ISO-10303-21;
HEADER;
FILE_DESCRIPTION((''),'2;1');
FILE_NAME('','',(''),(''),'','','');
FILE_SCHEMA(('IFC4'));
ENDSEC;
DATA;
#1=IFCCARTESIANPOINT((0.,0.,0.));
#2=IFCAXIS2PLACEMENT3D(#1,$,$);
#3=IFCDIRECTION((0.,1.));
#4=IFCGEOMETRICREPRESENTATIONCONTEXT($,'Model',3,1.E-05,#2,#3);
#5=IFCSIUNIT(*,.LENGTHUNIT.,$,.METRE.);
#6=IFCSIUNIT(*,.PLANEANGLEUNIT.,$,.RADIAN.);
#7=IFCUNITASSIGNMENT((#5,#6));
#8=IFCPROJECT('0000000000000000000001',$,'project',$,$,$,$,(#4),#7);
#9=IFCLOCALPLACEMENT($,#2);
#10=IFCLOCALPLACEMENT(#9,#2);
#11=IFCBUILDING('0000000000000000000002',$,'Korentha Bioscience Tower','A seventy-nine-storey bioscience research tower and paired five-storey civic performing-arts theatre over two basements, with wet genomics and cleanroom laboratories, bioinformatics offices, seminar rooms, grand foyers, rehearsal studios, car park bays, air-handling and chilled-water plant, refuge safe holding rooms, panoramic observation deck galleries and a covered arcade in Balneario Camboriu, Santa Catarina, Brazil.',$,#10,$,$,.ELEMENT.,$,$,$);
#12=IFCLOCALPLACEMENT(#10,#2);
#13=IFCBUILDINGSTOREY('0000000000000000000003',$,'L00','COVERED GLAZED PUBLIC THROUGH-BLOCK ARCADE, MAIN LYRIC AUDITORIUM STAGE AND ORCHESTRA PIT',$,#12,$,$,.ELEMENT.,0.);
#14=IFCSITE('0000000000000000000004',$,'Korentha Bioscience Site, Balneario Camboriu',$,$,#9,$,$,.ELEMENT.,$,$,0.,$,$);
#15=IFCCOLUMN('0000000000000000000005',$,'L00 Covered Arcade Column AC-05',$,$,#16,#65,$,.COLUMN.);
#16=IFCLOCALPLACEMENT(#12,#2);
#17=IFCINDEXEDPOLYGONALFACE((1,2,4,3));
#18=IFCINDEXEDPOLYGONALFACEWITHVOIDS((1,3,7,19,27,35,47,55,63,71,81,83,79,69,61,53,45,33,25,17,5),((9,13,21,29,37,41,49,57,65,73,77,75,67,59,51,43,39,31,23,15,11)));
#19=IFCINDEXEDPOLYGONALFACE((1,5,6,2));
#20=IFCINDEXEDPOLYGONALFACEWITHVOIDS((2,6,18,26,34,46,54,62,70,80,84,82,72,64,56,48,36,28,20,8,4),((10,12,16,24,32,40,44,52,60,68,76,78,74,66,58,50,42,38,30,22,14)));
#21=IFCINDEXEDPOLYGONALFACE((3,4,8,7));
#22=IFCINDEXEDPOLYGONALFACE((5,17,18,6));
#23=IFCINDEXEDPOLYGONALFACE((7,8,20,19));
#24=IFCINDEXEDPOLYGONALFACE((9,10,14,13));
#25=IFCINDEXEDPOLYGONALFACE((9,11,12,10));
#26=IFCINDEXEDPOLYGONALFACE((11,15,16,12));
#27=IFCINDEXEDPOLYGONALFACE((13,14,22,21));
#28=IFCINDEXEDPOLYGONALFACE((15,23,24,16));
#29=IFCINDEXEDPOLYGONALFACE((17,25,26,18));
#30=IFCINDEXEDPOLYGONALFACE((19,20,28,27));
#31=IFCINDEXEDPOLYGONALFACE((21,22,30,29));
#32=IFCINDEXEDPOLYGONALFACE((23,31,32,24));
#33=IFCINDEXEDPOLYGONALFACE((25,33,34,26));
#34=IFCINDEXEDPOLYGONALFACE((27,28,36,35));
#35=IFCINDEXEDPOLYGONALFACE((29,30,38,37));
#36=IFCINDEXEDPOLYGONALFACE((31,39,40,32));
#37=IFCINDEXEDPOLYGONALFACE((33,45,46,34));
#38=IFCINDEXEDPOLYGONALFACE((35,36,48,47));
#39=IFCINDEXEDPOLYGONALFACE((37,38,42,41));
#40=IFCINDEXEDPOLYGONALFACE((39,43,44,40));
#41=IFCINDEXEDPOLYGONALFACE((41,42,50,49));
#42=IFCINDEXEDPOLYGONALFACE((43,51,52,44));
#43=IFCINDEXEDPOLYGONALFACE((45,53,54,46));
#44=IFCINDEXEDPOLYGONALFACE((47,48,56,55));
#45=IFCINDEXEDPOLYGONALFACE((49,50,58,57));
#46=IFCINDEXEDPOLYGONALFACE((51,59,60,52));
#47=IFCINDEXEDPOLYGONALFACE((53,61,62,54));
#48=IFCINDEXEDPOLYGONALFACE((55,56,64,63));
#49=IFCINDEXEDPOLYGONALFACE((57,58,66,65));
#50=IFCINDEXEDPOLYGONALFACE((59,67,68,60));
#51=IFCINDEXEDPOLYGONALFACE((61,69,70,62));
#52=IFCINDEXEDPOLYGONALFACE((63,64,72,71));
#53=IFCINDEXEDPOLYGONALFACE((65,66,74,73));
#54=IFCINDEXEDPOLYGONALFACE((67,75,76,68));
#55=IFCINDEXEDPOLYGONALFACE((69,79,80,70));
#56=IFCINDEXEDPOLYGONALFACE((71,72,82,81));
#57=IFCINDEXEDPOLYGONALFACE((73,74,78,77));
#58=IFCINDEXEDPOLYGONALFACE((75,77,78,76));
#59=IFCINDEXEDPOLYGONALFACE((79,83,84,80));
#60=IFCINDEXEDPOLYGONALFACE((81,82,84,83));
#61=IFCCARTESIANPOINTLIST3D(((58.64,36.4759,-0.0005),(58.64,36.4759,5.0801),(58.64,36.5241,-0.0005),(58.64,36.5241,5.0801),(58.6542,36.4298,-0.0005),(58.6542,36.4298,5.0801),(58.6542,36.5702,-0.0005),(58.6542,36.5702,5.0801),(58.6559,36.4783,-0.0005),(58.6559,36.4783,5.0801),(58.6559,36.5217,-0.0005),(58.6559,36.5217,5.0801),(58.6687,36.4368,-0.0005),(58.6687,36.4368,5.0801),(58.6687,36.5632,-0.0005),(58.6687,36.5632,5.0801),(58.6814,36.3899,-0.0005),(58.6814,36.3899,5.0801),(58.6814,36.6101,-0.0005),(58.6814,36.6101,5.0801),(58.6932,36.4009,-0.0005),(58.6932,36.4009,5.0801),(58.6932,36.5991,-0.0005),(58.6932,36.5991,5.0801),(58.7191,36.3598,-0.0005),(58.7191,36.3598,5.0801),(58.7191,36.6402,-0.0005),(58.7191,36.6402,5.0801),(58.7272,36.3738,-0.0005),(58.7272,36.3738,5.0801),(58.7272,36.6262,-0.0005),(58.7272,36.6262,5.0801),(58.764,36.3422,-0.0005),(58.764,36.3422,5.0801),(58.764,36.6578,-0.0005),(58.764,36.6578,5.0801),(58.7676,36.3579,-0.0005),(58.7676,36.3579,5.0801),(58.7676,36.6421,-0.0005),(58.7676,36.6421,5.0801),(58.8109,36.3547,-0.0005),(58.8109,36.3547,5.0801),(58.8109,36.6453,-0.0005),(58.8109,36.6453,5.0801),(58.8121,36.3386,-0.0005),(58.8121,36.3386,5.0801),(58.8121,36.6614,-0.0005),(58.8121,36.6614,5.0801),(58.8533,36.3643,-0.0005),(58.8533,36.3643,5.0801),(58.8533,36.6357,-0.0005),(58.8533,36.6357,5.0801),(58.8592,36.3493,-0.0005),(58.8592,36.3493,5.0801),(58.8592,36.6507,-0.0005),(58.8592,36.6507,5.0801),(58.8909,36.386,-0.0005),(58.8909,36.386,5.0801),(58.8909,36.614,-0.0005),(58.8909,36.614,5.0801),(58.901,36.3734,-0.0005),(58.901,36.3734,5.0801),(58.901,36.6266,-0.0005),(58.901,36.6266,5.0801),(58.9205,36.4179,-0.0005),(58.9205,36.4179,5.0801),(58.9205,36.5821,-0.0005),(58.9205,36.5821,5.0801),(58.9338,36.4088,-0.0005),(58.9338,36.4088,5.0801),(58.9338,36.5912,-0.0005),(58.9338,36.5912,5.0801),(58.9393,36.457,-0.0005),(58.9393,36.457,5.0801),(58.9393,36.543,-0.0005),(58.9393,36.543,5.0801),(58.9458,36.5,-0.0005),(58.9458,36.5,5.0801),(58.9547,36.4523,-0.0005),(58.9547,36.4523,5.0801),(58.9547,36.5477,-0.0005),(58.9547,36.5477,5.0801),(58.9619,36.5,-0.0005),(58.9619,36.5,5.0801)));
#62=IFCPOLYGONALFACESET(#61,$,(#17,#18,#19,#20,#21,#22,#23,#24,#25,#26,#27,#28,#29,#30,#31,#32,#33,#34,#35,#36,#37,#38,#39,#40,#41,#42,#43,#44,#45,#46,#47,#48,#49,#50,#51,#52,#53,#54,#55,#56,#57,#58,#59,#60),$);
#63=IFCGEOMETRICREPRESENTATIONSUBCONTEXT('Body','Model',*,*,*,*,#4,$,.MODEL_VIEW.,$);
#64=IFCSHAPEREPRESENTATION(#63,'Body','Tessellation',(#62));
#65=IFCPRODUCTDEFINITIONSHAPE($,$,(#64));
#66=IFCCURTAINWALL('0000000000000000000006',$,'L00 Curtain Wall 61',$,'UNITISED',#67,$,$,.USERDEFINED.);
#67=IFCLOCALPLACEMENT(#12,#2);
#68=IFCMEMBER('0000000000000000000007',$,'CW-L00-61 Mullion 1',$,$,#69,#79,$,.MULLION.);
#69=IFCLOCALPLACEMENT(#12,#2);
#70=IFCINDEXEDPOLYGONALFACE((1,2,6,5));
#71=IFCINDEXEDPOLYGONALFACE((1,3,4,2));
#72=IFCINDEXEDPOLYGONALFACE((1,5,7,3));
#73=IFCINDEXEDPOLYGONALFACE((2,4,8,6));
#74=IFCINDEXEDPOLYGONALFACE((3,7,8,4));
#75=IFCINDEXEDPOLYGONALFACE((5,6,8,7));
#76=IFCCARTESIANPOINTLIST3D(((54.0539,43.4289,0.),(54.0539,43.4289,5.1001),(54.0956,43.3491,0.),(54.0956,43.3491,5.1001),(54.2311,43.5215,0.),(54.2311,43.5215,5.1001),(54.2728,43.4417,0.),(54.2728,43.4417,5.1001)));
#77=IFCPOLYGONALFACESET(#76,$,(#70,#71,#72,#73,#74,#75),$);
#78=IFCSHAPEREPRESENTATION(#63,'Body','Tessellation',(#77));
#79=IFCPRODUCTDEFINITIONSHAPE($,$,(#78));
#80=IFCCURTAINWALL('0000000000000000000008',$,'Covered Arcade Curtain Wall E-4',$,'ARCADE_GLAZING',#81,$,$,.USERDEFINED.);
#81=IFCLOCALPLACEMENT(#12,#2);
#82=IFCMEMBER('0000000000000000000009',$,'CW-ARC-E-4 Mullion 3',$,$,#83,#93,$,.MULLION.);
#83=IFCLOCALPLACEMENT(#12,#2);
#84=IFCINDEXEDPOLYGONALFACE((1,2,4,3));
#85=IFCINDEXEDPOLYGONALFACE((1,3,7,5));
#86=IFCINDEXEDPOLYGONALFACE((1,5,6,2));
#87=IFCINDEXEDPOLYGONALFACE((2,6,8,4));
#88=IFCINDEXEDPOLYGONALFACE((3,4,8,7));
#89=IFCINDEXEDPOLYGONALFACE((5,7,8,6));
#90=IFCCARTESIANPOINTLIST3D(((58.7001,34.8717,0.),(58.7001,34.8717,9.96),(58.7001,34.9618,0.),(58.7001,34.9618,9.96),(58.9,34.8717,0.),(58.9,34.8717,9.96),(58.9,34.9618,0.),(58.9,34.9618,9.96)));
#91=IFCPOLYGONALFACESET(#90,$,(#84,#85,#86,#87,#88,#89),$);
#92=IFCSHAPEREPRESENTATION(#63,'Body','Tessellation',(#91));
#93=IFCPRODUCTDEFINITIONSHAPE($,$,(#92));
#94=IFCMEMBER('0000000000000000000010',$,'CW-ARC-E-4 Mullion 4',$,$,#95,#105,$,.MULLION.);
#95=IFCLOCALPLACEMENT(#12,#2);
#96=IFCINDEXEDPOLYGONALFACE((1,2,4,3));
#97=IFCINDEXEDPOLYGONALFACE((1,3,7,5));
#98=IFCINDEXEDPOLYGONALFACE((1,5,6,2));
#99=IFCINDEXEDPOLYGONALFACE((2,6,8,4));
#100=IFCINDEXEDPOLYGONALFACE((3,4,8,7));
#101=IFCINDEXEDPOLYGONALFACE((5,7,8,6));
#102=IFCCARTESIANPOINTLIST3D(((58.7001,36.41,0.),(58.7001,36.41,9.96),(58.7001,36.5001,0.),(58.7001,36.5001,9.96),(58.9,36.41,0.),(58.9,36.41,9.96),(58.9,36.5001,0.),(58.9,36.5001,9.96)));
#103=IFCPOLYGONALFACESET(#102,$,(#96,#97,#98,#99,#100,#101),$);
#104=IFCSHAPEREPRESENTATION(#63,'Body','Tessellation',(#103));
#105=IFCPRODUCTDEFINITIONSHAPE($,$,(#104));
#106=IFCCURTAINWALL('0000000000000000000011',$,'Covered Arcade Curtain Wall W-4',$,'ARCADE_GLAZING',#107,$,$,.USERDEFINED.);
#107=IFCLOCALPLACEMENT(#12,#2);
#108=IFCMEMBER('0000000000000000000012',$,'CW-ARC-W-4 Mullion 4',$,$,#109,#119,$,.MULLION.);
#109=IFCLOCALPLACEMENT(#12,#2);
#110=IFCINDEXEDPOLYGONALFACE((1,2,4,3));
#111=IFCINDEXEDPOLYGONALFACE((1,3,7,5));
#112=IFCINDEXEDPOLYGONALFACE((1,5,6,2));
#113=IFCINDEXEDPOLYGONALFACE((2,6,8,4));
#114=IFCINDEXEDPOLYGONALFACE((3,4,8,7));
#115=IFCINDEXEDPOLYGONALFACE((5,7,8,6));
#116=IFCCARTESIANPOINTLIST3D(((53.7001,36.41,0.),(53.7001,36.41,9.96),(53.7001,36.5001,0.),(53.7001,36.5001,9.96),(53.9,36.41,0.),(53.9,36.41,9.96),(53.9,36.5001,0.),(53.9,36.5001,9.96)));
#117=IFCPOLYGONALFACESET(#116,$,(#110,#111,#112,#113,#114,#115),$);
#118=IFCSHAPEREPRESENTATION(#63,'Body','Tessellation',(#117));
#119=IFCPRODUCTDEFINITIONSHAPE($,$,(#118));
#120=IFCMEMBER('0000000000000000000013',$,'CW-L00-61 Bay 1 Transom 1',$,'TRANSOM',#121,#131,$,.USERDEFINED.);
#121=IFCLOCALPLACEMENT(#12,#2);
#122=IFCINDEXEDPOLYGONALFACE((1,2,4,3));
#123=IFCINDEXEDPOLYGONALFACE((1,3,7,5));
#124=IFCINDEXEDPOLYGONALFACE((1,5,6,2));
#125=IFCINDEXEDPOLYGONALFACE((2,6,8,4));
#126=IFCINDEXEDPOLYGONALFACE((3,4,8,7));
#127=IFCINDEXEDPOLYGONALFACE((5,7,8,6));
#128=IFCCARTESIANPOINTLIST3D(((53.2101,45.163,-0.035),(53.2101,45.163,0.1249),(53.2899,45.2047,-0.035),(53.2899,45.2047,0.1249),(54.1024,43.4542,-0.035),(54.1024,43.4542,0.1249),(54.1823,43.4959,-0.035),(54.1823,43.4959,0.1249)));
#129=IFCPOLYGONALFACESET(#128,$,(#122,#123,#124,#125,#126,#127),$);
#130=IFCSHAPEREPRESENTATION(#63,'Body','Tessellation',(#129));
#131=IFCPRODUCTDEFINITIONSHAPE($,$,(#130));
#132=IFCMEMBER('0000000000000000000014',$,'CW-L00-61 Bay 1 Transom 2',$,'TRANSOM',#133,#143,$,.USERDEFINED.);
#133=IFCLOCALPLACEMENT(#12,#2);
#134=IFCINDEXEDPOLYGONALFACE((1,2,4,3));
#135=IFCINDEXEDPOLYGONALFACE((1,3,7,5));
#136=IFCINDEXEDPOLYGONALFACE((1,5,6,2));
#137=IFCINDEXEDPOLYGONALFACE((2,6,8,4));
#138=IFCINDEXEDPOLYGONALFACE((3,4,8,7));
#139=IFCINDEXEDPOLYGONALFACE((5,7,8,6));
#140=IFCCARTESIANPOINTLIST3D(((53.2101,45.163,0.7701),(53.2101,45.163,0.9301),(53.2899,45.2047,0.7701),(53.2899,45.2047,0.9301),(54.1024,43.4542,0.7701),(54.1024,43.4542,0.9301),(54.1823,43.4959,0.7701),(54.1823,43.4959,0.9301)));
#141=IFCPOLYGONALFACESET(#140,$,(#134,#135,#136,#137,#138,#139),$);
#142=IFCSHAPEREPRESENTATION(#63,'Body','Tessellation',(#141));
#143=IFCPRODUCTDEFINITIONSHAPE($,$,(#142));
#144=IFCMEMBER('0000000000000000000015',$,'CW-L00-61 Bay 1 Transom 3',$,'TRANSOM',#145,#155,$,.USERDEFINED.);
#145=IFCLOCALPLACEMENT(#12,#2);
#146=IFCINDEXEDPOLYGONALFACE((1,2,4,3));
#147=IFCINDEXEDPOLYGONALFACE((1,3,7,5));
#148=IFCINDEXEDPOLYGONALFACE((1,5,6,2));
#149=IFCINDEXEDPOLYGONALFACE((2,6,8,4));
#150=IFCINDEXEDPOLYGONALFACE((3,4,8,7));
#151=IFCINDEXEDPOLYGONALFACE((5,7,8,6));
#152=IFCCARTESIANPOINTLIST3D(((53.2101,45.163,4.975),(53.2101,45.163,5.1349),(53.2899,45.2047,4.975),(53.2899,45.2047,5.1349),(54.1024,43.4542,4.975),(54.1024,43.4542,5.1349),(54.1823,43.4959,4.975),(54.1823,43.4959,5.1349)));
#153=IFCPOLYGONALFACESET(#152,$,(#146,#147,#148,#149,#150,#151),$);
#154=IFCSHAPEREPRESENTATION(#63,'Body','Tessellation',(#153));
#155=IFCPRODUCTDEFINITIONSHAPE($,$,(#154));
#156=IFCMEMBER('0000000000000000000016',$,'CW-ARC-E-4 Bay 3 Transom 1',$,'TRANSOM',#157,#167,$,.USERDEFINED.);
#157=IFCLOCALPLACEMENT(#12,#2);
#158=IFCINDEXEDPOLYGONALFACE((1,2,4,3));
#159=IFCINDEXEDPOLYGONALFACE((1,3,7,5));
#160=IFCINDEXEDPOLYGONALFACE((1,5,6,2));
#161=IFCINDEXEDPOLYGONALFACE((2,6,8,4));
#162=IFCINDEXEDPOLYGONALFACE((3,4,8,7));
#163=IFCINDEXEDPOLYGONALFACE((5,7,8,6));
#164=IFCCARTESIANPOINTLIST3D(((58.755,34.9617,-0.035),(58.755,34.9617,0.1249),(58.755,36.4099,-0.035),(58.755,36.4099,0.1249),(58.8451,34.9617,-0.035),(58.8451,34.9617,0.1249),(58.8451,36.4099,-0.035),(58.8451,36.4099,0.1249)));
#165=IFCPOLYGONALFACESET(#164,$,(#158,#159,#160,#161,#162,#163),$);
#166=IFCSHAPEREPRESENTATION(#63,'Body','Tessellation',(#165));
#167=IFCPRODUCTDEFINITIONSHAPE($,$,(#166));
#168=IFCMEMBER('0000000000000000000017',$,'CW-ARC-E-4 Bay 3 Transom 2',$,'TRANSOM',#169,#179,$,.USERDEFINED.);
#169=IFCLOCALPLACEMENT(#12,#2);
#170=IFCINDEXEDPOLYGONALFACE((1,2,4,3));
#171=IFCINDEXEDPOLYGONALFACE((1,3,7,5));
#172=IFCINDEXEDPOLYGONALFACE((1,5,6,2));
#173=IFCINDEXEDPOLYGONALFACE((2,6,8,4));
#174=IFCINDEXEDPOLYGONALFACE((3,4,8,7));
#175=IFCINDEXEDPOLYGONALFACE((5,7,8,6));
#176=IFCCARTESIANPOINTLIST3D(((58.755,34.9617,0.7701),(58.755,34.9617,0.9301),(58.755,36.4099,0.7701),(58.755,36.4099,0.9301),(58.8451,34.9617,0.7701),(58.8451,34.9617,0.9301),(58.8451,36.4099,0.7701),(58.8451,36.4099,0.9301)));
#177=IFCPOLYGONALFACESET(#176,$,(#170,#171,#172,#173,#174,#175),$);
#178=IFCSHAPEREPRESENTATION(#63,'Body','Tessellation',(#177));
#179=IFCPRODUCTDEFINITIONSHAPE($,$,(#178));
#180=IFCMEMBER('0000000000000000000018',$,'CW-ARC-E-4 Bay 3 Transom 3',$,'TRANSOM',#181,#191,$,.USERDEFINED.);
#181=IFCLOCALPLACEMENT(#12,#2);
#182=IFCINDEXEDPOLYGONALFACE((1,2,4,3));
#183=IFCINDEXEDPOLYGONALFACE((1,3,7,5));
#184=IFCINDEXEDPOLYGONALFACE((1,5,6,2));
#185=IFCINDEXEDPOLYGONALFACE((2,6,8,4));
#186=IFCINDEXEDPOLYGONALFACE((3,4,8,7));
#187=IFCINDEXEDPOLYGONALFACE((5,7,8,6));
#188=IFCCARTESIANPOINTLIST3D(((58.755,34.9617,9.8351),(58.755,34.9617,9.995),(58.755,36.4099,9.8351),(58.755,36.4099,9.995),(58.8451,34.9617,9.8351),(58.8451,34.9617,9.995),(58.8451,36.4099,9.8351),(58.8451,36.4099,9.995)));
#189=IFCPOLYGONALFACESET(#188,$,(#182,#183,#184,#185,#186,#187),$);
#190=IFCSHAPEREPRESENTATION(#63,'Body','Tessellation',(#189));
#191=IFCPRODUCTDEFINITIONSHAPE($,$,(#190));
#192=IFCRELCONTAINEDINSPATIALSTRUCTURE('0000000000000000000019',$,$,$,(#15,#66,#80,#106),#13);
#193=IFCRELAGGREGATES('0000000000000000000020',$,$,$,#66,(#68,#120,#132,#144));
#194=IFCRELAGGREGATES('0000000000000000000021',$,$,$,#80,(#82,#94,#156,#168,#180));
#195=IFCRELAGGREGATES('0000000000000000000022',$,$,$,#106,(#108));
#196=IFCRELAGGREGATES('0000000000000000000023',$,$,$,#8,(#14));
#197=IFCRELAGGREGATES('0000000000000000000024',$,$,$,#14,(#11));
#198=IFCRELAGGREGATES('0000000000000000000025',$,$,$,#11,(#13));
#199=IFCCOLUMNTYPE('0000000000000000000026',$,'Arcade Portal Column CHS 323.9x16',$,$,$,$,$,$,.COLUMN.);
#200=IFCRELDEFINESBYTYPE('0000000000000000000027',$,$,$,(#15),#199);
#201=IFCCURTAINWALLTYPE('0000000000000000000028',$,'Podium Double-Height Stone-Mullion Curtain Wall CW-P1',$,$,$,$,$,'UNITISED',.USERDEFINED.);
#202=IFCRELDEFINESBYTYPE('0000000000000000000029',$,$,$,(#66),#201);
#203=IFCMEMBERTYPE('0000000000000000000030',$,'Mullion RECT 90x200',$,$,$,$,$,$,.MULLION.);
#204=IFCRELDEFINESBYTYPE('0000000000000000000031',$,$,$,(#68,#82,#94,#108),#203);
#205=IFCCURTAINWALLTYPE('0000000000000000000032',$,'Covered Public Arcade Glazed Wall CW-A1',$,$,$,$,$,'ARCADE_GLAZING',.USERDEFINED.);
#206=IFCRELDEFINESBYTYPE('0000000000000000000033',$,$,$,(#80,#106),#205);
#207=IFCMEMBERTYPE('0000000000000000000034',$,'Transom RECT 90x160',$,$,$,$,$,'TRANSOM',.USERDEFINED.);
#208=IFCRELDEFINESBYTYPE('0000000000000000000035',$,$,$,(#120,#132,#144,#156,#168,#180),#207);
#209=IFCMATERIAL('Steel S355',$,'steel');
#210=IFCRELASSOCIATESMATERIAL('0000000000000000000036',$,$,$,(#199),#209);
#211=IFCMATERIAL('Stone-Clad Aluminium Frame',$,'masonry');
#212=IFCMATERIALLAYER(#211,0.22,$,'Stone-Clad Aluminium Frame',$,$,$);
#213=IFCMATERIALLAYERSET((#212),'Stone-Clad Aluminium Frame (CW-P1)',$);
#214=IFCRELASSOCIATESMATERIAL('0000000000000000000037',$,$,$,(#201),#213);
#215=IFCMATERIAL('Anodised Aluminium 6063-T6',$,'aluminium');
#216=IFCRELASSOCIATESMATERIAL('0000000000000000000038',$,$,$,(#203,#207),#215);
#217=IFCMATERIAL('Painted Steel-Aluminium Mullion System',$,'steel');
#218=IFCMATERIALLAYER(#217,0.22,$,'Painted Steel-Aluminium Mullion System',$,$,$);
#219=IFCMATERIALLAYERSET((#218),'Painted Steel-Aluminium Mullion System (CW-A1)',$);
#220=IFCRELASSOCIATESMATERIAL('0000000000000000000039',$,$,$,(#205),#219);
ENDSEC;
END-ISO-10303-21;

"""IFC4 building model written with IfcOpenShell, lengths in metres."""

from ifc_helpers import new_model, si_unit, direction, frame, origin, origin_2d, place, context, subcontext, project, spatial, rectangle, hollow_circle, extrude, material, layer, layer_set, material_profile, profile_set, type_object, element, aggregate, save


model = new_model("IFC4")

# Units and contexts
model_context = context("Model", 3, precision=1e-05, world=origin(), true_north=direction((0.0, 1.0)))
body_context = subcontext(model_context, "Body", "Model", "MODEL_VIEW")
ifc_project = project(units=[si_unit("LENGTHUNIT", "METRE"), si_unit("PLANEANGLEUNIT", "RADIAN")], contexts=[model_context])

# Site, building, storey
site_placement = place(None, origin())
site = spatial("IfcSite", under=ifc_project, at=site_placement, Name="Korentha Bioscience Site, Balneario Camboriu", CompositionType="ELEMENT", RefElevation=0.0)
building_placement = place(site_placement, origin())
building = spatial("IfcBuilding", under=site, at=building_placement, Name="Korentha Bioscience Tower", Description="A seventy-nine-storey bioscience research tower and paired five-storey civic performing-arts theatre over two basements, with wet genomics and cleanroom laboratories, bioinformatics offices, seminar rooms, grand foyers, rehearsal studios, car park bays, air-handling and chilled-water plant, refuge safe holding rooms, panoramic observation deck galleries and a covered arcade in Balneario Camboriu, Santa Catarina, Brazil.", CompositionType="ELEMENT")
storey_placement = place(building_placement, origin())
storey = spatial("IfcBuildingStorey", under=building, at=storey_placement, Name="L00", Description="COVERED GLAZED PUBLIC THROUGH-BLOCK ARCADE, MAIN LYRIC AUDITORIUM STAGE AND ORCHESTRA PIT", CompositionType="ELEMENT", Elevation=0.0)

# Column
ifc_material_1 = material(Name="Steel S355", Category="steel")
ifc_material_profile_1 = material_profile(ifc_material_1, hollow_circle(Radius=0.1619, WallThickness=0.0161, at=origin_2d()), Name="Steel S355")
ifc_profile_set_1 = profile_set([ifc_material_profile_1], Name="Steel S355 (AC-01)")
column_type = type_object("IfcColumnType", Name="Arcade Portal Column CHS 323.9x16", PredefinedType="COLUMN", material=ifc_profile_set_1)
column_placement = place(storey_placement, frame((58.8, 36.5, -0.0005), z_axis=(0.0, 0.0, 1.0), x_axis=(1.0, 0.0, 0.0)))
element("IfcColumn", 1, at=column_placement, inside=storey, type_object=column_type, Name="L00 Covered Arcade Column AC-05", PredefinedType="COLUMN", context=body_context, shape_type="SweptSolid", body=[
    extrude(hollow_circle(Radius=0.1619, WallThickness=0.0161, at=origin_2d()), origin(), (0.0, 0.0, 1.0), 5.0806),
])

# Curtain wall, member
ifc_material_2 = material(Name="Stone-Clad Aluminium Frame", Category="masonry")
ifc_layer_1 = layer(ifc_material_2, 0.22, Name="Stone-Clad Aluminium Frame")
ifc_layer_set_1 = layer_set([ifc_layer_1], Name="Stone-Clad Aluminium Frame (CW-P1)")
curtain_wall_type_1 = type_object("IfcCurtainWallType", Name="Podium Double-Height Stone-Mullion Curtain Wall CW-P1", ElementType="UNITISED", PredefinedType="USERDEFINED", material=ifc_layer_set_1)
curtain_wall_1_placement = place(storey_placement, origin())
curtain_wall_1 = element("IfcCurtainWall", 2, at=curtain_wall_1_placement, inside=storey, type_object=curtain_wall_type_1, Name="L00 Curtain Wall 61", ObjectType="UNITISED", PredefinedType="USERDEFINED")
ifc_material_3 = material(Name="Anodised Aluminium 6063-T6", Category="aluminium")
ifc_material_profile_2 = material_profile(ifc_material_3, rectangle(XDim=0.0901, YDim=0.2, at=origin_2d()), Name="Anodised Aluminium 6063-T6")
ifc_profile_set_2 = profile_set([ifc_material_profile_2], Name="Anodised Aluminium 6063-T6 (CW-MUL)")
member_type_1 = type_object("IfcMemberType", Name="Mullion RECT 90x200", PredefinedType="MULLION", material=ifc_profile_set_2)
member_1_placement = place(storey_placement, frame((54.1633, 43.4353, 0.0), z_axis=(0.0, 0.0, 1.0), x_axis=(-0.463009, 0.886354, 0.0)))
member_1 = element("IfcMember", 3, at=member_1_placement, type_object=member_type_1, Name="CW-L00-61 Mullion 1", PredefinedType="MULLION", context=body_context, shape_type="SweptSolid", body=[
    extrude(rectangle(XDim=0.0901, YDim=0.2, at=origin_2d()), origin(), (0.0, 0.0, 1.0), 5.1001),
])

# Curtain wall, members
ifc_material_4 = material(Name="Painted Steel-Aluminium Mullion System", Category="steel")
ifc_layer_2 = layer(ifc_material_4, 0.22, Name="Painted Steel-Aluminium Mullion System")
ifc_layer_set_2 = layer_set([ifc_layer_2], Name="Painted Steel-Aluminium Mullion System (CW-A1)")
curtain_wall_type_2 = type_object("IfcCurtainWallType", Name="Covered Public Arcade Glazed Wall CW-A1", ElementType="ARCADE_GLAZING", PredefinedType="USERDEFINED", material=ifc_layer_set_2)
curtain_wall_2_placement = place(storey_placement, origin())
curtain_wall_2 = element("IfcCurtainWall", 4, at=curtain_wall_2_placement, inside=storey, type_object=curtain_wall_type_2, Name="Covered Arcade Curtain Wall E-4", ObjectType="ARCADE_GLAZING", PredefinedType="USERDEFINED")
member_2_placement = place(storey_placement, frame((58.8, 34.9167, 0.0), z_axis=(0.0, 0.0, 1.0), x_axis=(0.0, 1.0, 0.0)))
member_2 = element("IfcMember", 5, at=member_2_placement, type_object=member_type_1, Name="CW-ARC-E-4 Mullion 3", PredefinedType="MULLION", context=body_context, shape_type="SweptSolid", body=[
    extrude(rectangle(XDim=0.0901, YDim=0.2, at=origin_2d()), origin(), (0.0, 0.0, 1.0), 9.96),
])
member_3_placement = place(storey_placement, frame((58.8, 36.4551, 0.0), z_axis=(0.0, 0.0, 1.0), x_axis=(0.0, 1.0, 0.0)))
member_3 = element("IfcMember", 6, at=member_3_placement, type_object=member_type_1, Name="CW-ARC-E-4 Mullion 4", PredefinedType="MULLION", context=body_context, shape_type="SweptSolid", body=[
    extrude(rectangle(XDim=0.0901, YDim=0.2, at=origin_2d()), origin(), (0.0, 0.0, 1.0), 9.96),
])

# Curtain wall, member
curtain_wall_3_placement = place(storey_placement, origin())
curtain_wall_3 = element("IfcCurtainWall", 7, at=curtain_wall_3_placement, inside=storey, type_object=curtain_wall_type_2, Name="Covered Arcade Curtain Wall W-4", ObjectType="ARCADE_GLAZING", PredefinedType="USERDEFINED")
member_4_placement = place(storey_placement, frame((53.8, 36.4551, 0.0), z_axis=(0.0, 0.0, 1.0), x_axis=(0.0, 1.0, 0.0)))
member_4 = element("IfcMember", 8, at=member_4_placement, type_object=member_type_1, Name="CW-ARC-W-4 Mullion 4", PredefinedType="MULLION", context=body_context, shape_type="SweptSolid", body=[
    extrude(rectangle(XDim=0.0901, YDim=0.2, at=origin_2d()), origin(), (0.0, 0.0, 1.0), 9.96),
])

# Members
ifc_material_profile_3 = material_profile(ifc_material_3, rectangle(XDim=0.0901, YDim=0.1599, at=origin_2d()), Name="Anodised Aluminium 6063-T6")
ifc_profile_set_3 = profile_set([ifc_material_profile_3], Name="Anodised Aluminium 6063-T6 (CW-TRN)")
member_type_2 = type_object("IfcMemberType", Name="Transom RECT 90x160", ElementType="TRANSOM", PredefinedType="USERDEFINED", material=ifc_profile_set_3)
member_5_placement = place(storey_placement, frame((54.1423, 43.4751, 0.0449), z_axis=(-0.462899, 0.886411, 0.0), x_axis=(-0.886411, -0.462899, 0.0)))
member_5 = element("IfcMember", 9, at=member_5_placement, type_object=member_type_2, Name="CW-L00-61 Bay 1 Transom 1", ObjectType="TRANSOM", PredefinedType="USERDEFINED", context=body_context, shape_type="SweptSolid", body=[
    extrude(rectangle(XDim=0.0901, YDim=0.1599, at=origin_2d()), origin(), (0.0, 0.0, 1.0), 1.9277),
])
member_6_placement = place(storey_placement, frame((54.1423, 43.4751, 0.8501), z_axis=(-0.462899, 0.886411, 0.0), x_axis=(-0.886411, -0.462899, 0.0)))
member_6 = element("IfcMember", 10, at=member_6_placement, type_object=member_type_2, Name="CW-L00-61 Bay 1 Transom 2", ObjectType="TRANSOM", PredefinedType="USERDEFINED", context=body_context, shape_type="SweptSolid", body=[
    extrude(rectangle(XDim=0.0901, YDim=0.1599, at=origin_2d()), origin(), (0.0, 0.0, 1.0), 1.9277),
])
member_7_placement = place(storey_placement, frame((54.1423, 43.4751, 5.0549), z_axis=(-0.462899, 0.886411, 0.0), x_axis=(-0.886411, -0.462899, 0.0)))
member_7 = element("IfcMember", 11, at=member_7_placement, type_object=member_type_2, Name="CW-L00-61 Bay 1 Transom 3", ObjectType="TRANSOM", PredefinedType="USERDEFINED", context=body_context, shape_type="SweptSolid", body=[
    extrude(rectangle(XDim=0.0901, YDim=0.1599, at=origin_2d()), origin(), (0.0, 0.0, 1.0), 1.9277),
])
aggregate(curtain_wall_1, [member_1, member_5, member_6, member_7])
member_8_placement = place(storey_placement, frame((58.8, 34.9617, 0.0449), z_axis=(0.0, 1.0, 0.0), x_axis=(-1.0, 0.0, 0.0)))
member_8 = element("IfcMember", 12, at=member_8_placement, type_object=member_type_2, Name="CW-ARC-E-4 Bay 3 Transom 1", ObjectType="TRANSOM", PredefinedType="USERDEFINED", context=body_context, shape_type="SweptSolid", body=[
    extrude(rectangle(XDim=0.0901, YDim=0.1599, at=origin_2d()), origin(), (0.0, 0.0, 1.0), 1.4482),
])
member_9_placement = place(storey_placement, frame((58.8, 34.9617, 0.8501), z_axis=(0.0, 1.0, 0.0), x_axis=(-1.0, 0.0, 0.0)))
member_9 = element("IfcMember", 13, at=member_9_placement, type_object=member_type_2, Name="CW-ARC-E-4 Bay 3 Transom 2", ObjectType="TRANSOM", PredefinedType="USERDEFINED", context=body_context, shape_type="SweptSolid", body=[
    extrude(rectangle(XDim=0.0901, YDim=0.1599, at=origin_2d()), origin(), (0.0, 0.0, 1.0), 1.4482),
])
member_10_placement = place(storey_placement, frame((58.8, 34.9617, 9.915), z_axis=(0.0, 1.0, 0.0), x_axis=(-1.0, 0.0, 0.0)))
member_10 = element("IfcMember", 14, at=member_10_placement, type_object=member_type_2, Name="CW-ARC-E-4 Bay 3 Transom 3", ObjectType="TRANSOM", PredefinedType="USERDEFINED", context=body_context, shape_type="SweptSolid", body=[
    extrude(rectangle(XDim=0.0901, YDim=0.1599, at=origin_2d()), origin(), (0.0, 0.0, 1.0), 1.4482),
])

aggregate(curtain_wall_2, [member_2, member_3, member_8, member_9, member_10])
aggregate(curtain_wall_3, [member_4])

save(model, "model.ifc")
